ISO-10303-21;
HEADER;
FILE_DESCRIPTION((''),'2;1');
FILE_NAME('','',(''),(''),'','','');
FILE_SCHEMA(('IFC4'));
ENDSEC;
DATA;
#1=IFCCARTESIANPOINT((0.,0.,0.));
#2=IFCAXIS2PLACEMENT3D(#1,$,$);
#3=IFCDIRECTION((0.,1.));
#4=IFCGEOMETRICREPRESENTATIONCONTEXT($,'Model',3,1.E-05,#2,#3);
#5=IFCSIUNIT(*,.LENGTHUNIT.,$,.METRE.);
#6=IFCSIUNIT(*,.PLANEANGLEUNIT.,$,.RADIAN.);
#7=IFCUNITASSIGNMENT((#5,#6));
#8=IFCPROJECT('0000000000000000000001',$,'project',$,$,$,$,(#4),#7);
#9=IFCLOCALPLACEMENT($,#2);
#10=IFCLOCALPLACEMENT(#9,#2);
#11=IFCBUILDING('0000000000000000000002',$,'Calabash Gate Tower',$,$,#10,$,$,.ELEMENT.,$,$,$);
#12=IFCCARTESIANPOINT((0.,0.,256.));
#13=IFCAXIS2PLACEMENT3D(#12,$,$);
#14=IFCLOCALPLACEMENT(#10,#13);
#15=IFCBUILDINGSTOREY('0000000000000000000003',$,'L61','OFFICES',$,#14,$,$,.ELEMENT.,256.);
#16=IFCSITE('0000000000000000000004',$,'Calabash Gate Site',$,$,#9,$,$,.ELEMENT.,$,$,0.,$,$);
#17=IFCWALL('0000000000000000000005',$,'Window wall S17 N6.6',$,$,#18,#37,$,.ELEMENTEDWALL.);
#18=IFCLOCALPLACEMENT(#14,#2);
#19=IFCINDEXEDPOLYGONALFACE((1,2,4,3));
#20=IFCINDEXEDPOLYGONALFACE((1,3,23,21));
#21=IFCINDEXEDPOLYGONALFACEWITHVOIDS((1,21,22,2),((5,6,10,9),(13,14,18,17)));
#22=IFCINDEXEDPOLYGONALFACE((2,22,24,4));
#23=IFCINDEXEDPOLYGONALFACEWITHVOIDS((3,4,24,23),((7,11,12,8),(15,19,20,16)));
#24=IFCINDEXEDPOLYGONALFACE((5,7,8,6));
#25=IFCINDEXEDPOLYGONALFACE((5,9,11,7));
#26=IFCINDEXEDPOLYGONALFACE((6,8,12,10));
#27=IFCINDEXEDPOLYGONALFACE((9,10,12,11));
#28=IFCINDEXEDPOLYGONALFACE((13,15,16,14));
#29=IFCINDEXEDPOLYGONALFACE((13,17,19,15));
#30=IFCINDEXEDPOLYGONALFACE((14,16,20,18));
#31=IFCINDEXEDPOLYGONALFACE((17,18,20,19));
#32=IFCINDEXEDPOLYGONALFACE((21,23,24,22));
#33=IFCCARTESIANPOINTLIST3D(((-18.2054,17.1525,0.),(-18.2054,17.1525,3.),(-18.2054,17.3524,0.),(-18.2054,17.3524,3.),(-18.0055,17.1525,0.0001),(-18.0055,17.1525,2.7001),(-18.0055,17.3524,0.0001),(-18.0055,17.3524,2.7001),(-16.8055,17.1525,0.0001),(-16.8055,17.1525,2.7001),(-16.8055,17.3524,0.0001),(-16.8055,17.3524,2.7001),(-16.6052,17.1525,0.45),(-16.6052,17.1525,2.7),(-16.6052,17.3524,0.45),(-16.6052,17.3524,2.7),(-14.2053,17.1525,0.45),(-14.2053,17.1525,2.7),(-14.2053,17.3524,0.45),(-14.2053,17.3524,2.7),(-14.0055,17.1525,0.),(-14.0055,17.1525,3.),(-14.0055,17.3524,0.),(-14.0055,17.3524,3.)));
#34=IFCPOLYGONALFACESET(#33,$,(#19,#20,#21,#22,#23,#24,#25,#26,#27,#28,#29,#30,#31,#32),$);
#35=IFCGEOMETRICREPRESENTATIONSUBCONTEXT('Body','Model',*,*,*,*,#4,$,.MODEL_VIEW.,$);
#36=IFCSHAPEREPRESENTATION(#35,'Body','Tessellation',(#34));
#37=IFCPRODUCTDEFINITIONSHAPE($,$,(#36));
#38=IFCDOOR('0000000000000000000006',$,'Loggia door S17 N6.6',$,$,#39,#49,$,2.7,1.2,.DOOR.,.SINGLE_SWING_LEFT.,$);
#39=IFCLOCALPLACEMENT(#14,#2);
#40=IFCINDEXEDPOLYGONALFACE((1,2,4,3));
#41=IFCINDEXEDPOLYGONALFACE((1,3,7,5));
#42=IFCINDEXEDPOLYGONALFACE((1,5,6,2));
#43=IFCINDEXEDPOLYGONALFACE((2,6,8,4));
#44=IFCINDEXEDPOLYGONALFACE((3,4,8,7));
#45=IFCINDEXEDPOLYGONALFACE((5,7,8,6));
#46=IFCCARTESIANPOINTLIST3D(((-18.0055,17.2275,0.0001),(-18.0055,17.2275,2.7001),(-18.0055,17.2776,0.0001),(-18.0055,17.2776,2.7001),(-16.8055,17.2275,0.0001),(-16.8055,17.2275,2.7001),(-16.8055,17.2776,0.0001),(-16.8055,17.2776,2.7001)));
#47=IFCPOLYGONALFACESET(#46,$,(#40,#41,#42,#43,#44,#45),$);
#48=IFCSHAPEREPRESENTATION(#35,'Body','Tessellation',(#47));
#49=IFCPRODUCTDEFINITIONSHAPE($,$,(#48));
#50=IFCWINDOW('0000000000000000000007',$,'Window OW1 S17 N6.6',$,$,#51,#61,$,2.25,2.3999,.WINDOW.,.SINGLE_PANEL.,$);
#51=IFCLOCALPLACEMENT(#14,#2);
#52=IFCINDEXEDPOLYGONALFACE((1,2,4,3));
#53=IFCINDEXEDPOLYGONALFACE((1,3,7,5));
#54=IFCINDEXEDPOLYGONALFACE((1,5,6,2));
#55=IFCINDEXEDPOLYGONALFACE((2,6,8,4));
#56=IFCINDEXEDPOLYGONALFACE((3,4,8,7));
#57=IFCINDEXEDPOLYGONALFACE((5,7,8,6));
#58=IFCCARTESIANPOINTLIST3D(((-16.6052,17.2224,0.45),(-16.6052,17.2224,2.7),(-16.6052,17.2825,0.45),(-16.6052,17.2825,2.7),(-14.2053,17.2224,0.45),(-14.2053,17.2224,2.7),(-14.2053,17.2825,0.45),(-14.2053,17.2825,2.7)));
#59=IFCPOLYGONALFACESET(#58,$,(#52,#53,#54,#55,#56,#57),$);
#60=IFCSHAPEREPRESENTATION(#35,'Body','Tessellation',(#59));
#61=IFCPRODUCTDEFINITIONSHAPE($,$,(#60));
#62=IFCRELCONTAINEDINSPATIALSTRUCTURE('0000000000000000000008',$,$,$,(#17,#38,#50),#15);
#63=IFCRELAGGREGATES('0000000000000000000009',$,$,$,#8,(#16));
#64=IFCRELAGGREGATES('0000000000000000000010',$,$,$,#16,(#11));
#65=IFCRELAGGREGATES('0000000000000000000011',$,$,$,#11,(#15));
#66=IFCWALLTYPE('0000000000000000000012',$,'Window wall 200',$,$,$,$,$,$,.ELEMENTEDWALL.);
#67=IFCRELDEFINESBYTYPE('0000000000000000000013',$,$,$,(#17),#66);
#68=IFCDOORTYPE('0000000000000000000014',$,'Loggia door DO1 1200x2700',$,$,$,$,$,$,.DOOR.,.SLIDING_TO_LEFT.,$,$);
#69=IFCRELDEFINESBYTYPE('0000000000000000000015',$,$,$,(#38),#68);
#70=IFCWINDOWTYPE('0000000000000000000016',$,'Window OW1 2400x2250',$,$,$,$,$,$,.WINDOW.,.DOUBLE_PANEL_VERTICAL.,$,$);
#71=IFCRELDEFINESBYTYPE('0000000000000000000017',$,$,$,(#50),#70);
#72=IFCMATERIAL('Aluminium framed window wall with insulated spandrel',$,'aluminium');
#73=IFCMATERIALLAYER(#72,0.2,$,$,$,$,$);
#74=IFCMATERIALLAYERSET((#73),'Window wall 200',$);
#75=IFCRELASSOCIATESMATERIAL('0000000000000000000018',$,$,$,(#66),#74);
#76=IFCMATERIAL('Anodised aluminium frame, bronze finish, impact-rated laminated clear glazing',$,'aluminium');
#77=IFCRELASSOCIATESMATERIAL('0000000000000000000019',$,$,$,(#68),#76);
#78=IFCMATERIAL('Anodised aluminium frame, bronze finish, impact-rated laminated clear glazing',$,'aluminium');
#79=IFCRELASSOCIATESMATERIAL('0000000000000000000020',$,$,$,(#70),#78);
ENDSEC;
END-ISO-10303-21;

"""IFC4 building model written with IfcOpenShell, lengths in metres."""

from ifc_helpers import new_model, si_unit, direction, frame, frame_2d, origin, place, context, subcontext, project, spatial, rectangle, extrude, material, layer, layer_set, type_object, element, fill, save


model = new_model("IFC4")

# Units and contexts
model_context = context("Model", 3, precision=1e-05, world=origin(), true_north=direction((0.0, 1.0)))
body_context = subcontext(model_context, "Body", "Model", "MODEL_VIEW")
ifc_project = project(units=[si_unit("LENGTHUNIT", "METRE"), si_unit("PLANEANGLEUNIT", "RADIAN")], contexts=[model_context])

# Site, building, storey
site_placement = place(None, origin())
site = spatial("IfcSite", under=ifc_project, at=site_placement, Name="Calabash Gate Site", CompositionType="ELEMENT", RefElevation=0.0)
building_placement = place(site_placement, origin())
building = spatial("IfcBuilding", under=site, at=building_placement, Name="Calabash Gate Tower", CompositionType="ELEMENT")
storey_placement = place(building_placement, frame((0.0, 0.0, 256.0)))
storey = spatial("IfcBuildingStorey", under=building, at=storey_placement, Name="L61", Description="OFFICES", CompositionType="ELEMENT", Elevation=256.0)

# Wall, openings, door, window
ifc_material_1 = material(Name="Aluminium framed window wall with insulated spandrel", Category="aluminium")
ifc_layer_1 = layer(ifc_material_1, 0.2)
ifc_layer_set_1 = layer_set([ifc_layer_1], Name="Window wall 200")
wall_type_1 = type_object("IfcWallType", Name="Window wall 200", PredefinedType="ELEMENTEDWALL", material=ifc_layer_set_1)
ifc_material_2 = material(Name="Anodised aluminium frame, bronze finish, impact-rated laminated clear glazing", Category="aluminium")
door_type_1 = type_object("IfcDoorType", Name="Loggia door DO1 1200x2700", OperationType="SLIDING_TO_LEFT", PredefinedType="DOOR", material=ifc_material_2)
ifc_material_3 = material(Name="Anodised aluminium frame, bronze finish, impact-rated laminated clear glazing", Category="aluminium")
window_type = type_object("IfcWindowType", Name="Window OW1 2400x2250", PartitioningType="DOUBLE_PANEL_VERTICAL", PredefinedType="WINDOW", material=ifc_material_3)
wall_1_placement = place(storey_placement, frame((-14.0054, 17.2524, 0.0), z_axis=(0.0, 0.0, 1.0), x_axis=(-1.0, 0.0, 0.0)))
wall_1 = element("IfcWall", 1, at=wall_1_placement, inside=storey, type_object=wall_type_1, Name="Window wall S17 N6.6", PredefinedType="ELEMENTEDWALL", context=body_context, shape_type="SweptSolid", body=[
    extrude(rectangle(XDim=4.2, YDim=0.2, at=frame_2d((2.1001, 0.0))), origin(), (0.0, 0.0, 1.0), 3.0),
])
opening_1_placement = place(wall_1_placement, frame((0.2, 0.0, 0.45)))
opening_1 = element("IfcOpeningElement", 2, at=opening_1_placement, cuts=wall_1, PredefinedType="OPENING", context=body_context, shape_type="SweptSolid", body=[
    extrude(rectangle(XDim=2.3999, YDim=2.25, at=frame_2d((1.2, 1.125))), frame((0.0, 0.1099, 0.0), z_axis=(0.0, -1.0, 0.0), x_axis=(1.0, 0.0, 0.0)), (0.0, 0.0, 1.0), 0.22),
])
opening_2_placement = place(wall_1_placement, frame((2.8, 0.0, 0.0)))
opening_2 = element("IfcOpeningElement", 3, at=opening_2_placement, cuts=wall_1, PredefinedType="OPENING", context=body_context, shape_type="SweptSolid", body=[
    extrude(rectangle(XDim=1.2, YDim=2.7, at=frame_2d((0.6001, 1.3501))), frame((0.0, 0.1099, 0.0), z_axis=(0.0, -1.0, 0.0), x_axis=(1.0, 0.0, 0.0)), (0.0, 0.0, 1.0), 0.22),
])
door_1_placement = place(opening_2_placement, origin())
door_1 = element("IfcDoor", 4, at=door_1_placement, inside=storey, type_object=door_type_1, Name="Loggia door S17 N6.6", OperationType="SINGLE_SWING_LEFT", OverallHeight=2.7, OverallWidth=1.2, PredefinedType="DOOR", context=body_context, shape_type="SweptSolid", body=[
    extrude(rectangle(XDim=1.2, YDim=2.7, at=frame_2d((0.6001, 1.3501))), frame((0.0, 0.0249, 0.0), z_axis=(0.0, -1.0, 0.0), x_axis=(1.0, 0.0, 0.0)), (0.0, 0.0, 1.0), 0.05),
])
fill(opening_2, door_1)
window_1_placement = place(opening_1_placement, origin())
window_1 = element("IfcWindow", 5, at=window_1_placement, inside=storey, type_object=window_type, Name="Window OW1 S17 N6.6", OverallHeight=2.25, OverallWidth=2.3999, PartitioningType="SINGLE_PANEL", PredefinedType="WINDOW", context=body_context, shape_type="SweptSolid", body=[
    extrude(rectangle(XDim=2.3999, YDim=2.25, at=frame_2d((1.2, 1.125))), frame((0.0, 0.03, 0.0), z_axis=(0.0, -1.0, 0.0), x_axis=(1.0, 0.0, 0.0)), (0.0, 0.0, 1.0), 0.0601),
])
fill(opening_1, window_1)

save(model, "model.ifc")
